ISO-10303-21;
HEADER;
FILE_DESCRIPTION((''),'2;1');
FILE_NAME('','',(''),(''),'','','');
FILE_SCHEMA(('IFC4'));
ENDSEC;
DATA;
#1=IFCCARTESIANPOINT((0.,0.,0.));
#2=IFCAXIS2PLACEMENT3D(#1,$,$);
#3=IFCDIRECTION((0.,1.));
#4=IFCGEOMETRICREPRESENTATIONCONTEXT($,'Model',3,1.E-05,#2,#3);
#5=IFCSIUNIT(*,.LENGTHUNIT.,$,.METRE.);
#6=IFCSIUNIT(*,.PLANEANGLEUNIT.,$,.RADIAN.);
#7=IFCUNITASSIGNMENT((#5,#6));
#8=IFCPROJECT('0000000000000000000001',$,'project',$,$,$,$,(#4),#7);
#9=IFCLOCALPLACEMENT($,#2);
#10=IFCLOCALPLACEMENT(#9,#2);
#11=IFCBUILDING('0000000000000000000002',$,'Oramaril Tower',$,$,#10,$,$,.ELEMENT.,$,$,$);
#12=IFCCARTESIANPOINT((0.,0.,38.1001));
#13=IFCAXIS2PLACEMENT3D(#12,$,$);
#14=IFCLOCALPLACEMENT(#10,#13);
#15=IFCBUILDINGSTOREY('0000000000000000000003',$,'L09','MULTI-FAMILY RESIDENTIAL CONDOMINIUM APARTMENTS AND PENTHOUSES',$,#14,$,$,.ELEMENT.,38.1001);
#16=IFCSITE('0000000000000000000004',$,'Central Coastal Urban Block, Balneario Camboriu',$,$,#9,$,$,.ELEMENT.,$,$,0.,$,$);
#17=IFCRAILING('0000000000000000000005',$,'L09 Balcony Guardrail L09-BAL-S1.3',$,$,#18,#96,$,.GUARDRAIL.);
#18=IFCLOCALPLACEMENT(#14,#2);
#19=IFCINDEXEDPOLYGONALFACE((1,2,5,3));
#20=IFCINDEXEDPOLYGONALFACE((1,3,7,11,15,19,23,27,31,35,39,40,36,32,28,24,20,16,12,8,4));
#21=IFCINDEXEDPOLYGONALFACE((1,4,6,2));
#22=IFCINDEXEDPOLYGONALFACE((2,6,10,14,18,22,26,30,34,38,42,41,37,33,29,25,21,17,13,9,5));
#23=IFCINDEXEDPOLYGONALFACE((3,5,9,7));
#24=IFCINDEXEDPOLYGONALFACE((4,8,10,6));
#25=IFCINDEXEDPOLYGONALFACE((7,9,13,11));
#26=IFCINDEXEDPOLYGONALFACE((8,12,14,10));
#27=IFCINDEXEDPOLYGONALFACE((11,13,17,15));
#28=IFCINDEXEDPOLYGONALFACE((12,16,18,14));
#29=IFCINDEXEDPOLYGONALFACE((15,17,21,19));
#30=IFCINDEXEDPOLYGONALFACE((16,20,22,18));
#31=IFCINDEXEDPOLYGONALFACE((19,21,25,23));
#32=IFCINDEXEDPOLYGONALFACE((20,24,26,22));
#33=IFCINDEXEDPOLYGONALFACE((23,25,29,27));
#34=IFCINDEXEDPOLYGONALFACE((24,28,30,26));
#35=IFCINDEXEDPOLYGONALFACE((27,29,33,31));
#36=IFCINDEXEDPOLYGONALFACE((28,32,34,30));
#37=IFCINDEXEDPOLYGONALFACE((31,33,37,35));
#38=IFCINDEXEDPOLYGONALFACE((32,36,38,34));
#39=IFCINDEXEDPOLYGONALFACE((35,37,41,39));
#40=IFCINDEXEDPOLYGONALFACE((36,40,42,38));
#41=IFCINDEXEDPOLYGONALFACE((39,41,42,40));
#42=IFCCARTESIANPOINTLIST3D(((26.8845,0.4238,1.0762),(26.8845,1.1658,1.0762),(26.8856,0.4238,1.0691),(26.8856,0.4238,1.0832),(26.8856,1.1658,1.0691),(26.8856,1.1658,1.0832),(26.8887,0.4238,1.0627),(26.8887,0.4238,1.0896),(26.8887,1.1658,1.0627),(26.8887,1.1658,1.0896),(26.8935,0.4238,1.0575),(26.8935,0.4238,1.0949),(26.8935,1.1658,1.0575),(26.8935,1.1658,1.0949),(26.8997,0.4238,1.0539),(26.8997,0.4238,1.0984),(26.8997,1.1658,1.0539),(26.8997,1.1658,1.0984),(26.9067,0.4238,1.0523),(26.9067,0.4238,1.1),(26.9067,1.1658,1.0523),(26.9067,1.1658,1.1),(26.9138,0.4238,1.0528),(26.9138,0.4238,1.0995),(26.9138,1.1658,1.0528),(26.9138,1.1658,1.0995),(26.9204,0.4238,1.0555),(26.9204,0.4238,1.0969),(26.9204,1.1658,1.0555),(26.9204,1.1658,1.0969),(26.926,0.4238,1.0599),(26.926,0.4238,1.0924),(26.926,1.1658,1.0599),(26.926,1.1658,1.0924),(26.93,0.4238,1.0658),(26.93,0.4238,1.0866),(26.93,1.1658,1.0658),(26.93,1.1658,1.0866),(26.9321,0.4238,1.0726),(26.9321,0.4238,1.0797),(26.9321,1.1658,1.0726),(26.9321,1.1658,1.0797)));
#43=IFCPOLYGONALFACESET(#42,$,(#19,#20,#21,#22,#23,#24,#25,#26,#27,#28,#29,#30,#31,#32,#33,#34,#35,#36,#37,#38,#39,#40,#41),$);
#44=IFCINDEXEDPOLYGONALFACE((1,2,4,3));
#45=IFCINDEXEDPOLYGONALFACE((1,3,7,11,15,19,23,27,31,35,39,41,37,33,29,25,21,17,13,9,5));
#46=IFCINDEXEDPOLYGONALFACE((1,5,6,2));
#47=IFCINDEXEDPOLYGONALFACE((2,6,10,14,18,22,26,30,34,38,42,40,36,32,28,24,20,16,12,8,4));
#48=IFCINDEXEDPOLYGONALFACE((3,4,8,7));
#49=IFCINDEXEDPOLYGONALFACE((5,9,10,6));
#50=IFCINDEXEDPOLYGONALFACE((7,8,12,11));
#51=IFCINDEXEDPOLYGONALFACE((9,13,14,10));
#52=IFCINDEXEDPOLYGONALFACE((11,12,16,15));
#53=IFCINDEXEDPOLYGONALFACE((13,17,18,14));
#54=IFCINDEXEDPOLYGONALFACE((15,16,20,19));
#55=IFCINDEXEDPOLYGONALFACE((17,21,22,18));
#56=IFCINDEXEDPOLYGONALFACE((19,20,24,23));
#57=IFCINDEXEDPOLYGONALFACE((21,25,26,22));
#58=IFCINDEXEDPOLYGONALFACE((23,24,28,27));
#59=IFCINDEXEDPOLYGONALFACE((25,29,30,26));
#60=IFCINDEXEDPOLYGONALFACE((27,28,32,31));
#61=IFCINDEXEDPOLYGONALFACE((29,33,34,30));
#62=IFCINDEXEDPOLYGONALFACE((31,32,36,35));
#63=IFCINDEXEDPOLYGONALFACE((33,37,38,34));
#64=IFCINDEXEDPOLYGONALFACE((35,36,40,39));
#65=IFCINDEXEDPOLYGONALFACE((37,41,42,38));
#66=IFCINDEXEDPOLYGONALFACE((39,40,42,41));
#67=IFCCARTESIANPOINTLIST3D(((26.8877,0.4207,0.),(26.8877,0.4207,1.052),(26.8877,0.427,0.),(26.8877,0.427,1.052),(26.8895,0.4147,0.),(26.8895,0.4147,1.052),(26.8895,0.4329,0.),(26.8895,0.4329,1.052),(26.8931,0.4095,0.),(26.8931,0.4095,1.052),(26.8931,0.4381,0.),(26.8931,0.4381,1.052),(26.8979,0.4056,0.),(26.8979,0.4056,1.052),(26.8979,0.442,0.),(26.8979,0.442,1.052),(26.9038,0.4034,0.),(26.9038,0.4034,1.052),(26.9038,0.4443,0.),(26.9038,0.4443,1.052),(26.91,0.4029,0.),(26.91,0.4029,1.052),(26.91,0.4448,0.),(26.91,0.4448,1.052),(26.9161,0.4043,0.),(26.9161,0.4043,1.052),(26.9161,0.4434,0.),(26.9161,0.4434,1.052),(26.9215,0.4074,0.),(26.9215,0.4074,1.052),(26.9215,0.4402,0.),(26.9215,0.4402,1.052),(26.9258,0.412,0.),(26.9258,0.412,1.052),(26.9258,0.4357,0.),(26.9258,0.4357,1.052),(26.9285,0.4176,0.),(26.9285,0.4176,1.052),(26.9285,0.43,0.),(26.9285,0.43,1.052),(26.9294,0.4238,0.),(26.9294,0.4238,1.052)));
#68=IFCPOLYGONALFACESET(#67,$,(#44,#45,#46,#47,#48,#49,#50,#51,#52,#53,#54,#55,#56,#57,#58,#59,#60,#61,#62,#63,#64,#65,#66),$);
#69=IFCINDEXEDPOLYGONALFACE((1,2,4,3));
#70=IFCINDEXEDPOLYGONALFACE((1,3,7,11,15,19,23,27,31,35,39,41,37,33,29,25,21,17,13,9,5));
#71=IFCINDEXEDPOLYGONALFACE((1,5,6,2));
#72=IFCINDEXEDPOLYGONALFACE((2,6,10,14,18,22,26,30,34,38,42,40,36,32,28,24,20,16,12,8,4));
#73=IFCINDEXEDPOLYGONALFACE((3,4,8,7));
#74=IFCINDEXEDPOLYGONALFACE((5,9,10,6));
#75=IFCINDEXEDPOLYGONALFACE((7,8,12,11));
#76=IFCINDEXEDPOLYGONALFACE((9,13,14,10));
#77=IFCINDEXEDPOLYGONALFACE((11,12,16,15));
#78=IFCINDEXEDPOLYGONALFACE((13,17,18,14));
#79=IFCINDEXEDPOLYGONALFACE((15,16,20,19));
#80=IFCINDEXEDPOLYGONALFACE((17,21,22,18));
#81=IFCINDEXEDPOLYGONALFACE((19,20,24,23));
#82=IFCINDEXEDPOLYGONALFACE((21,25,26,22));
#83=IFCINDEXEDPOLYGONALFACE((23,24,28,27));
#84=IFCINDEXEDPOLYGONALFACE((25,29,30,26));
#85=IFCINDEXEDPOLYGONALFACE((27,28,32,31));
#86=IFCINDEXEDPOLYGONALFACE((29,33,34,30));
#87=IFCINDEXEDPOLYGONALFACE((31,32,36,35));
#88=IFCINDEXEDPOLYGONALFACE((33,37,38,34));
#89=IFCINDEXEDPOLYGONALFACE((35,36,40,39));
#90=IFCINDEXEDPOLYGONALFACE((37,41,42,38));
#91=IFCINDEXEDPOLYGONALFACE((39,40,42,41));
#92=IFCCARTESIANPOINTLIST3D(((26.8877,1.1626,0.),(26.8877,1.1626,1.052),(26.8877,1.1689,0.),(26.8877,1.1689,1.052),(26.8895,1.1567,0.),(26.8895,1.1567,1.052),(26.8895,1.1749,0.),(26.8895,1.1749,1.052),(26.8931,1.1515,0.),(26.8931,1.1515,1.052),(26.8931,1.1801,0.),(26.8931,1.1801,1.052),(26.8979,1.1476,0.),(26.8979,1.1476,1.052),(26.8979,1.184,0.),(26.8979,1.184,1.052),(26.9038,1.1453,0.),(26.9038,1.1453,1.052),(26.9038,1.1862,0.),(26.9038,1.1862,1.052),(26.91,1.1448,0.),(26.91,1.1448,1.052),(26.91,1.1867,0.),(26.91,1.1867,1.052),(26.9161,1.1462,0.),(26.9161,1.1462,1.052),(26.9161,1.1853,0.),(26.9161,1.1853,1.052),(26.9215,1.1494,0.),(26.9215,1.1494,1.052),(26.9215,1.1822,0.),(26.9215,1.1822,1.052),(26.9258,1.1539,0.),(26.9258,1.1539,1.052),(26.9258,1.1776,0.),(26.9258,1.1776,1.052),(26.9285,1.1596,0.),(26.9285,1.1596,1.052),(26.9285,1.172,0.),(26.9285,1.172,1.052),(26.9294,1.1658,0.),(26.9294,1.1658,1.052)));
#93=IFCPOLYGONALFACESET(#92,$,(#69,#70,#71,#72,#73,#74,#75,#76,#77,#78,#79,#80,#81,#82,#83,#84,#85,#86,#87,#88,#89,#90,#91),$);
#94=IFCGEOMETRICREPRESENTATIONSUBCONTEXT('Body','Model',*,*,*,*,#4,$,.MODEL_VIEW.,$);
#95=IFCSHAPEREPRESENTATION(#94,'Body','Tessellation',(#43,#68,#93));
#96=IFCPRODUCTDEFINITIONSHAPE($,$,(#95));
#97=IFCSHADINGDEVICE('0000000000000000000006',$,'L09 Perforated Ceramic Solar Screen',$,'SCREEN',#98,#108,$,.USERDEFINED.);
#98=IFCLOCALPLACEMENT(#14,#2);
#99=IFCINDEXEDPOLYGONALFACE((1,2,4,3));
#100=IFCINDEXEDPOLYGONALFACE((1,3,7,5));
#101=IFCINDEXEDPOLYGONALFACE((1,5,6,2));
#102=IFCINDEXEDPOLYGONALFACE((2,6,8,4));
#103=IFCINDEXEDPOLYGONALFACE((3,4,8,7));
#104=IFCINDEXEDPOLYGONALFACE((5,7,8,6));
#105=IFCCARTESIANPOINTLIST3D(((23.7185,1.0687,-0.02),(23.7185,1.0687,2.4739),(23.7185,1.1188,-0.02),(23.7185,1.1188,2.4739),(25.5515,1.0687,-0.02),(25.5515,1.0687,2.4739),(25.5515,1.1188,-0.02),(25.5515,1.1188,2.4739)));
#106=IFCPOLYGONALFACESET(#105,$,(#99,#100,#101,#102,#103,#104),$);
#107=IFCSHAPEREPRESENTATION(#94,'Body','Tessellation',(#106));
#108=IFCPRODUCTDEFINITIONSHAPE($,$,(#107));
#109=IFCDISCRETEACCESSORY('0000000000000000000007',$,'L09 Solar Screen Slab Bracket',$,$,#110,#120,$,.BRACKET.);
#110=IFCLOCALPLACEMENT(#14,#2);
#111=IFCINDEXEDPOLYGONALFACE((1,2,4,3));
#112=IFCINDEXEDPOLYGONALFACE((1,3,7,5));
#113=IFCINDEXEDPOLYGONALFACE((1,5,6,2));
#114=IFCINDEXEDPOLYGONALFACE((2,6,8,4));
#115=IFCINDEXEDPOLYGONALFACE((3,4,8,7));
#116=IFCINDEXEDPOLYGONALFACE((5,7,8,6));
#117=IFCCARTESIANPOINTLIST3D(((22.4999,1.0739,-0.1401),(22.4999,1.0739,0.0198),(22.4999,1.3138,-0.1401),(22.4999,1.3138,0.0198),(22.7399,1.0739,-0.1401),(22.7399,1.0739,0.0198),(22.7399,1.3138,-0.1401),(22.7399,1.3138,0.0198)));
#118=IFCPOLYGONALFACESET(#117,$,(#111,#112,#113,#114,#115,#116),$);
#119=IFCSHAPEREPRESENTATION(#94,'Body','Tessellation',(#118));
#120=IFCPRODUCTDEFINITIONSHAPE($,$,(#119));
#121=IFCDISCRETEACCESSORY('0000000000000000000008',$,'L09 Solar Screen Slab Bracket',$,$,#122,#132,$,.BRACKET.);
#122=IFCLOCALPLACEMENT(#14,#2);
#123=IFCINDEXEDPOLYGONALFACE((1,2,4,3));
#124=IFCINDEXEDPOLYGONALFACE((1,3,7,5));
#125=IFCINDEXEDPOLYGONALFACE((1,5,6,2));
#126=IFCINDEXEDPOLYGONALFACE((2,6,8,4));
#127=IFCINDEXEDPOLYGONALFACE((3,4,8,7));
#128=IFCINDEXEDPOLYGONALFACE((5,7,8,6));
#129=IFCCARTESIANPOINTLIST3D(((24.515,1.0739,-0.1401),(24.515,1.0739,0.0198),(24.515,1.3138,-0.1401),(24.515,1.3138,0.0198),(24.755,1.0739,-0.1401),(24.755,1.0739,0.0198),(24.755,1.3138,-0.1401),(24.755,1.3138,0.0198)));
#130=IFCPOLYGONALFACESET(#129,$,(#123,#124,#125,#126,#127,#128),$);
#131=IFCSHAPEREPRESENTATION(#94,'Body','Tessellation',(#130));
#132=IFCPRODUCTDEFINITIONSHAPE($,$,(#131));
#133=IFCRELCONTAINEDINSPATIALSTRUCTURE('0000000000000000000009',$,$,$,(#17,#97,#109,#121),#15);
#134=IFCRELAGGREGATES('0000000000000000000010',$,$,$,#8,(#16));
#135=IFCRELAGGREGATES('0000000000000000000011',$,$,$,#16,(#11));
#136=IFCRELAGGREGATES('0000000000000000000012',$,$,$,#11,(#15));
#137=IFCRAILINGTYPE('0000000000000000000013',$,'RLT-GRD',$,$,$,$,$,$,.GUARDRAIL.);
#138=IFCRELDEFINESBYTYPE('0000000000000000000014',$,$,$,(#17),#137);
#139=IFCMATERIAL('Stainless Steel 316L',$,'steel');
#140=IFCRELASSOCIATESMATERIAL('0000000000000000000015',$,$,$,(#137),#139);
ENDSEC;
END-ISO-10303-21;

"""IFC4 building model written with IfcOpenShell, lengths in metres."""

from ifc_helpers import new_model, si_unit, direction, frame, origin, origin_2d, place, context, subcontext, project, spatial, rectangle, circle, extrude, material, type_object, element, save


model = new_model("IFC4")

# Units and contexts
model_context = context("Model", 3, precision=1e-05, world=origin(), true_north=direction((0.0, 1.0)))
body_context = subcontext(model_context, "Body", "Model", "MODEL_VIEW")
ifc_project = project(units=[si_unit("LENGTHUNIT", "METRE"), si_unit("PLANEANGLEUNIT", "RADIAN")], contexts=[model_context])

# Site, building, storey
site_placement = place(None, origin())
site = spatial("IfcSite", under=ifc_project, at=site_placement, Name="Central Coastal Urban Block, Balneario Camboriu", CompositionType="ELEMENT", RefElevation=0.0)
building_placement = place(site_placement, origin())
building = spatial("IfcBuilding", under=site, at=building_placement, Name="Oramaril Tower", CompositionType="ELEMENT")
storey_placement = place(building_placement, frame((0.0, 0.0, 38.1001)))
storey = spatial("IfcBuildingStorey", under=building, at=storey_placement, Name="L09", Description="MULTI-FAMILY RESIDENTIAL CONDOMINIUM APARTMENTS AND PENTHOUSES", CompositionType="ELEMENT", Elevation=38.1001)

# Railing
ifc_material_1 = material(Name="Stainless Steel 316L", Category="steel")
railing_type = type_object("IfcRailingType", Name="RLT-GRD", PredefinedType="GUARDRAIL", material=ifc_material_1)
railing_placement = place(storey_placement, frame((26.9084, 0.4238, 0.0)))
element("IfcRailing", 1, at=railing_placement, inside=storey, type_object=railing_type, Name="L09 Balcony Guardrail L09-BAL-S1.3", PredefinedType="GUARDRAIL", context=body_context, shape_type="SweptSolid", body=[
    extrude(circle(Radius=0.0239, at=origin_2d()), frame((0.0, 0.0, 1.0762), z_axis=(0.0, 1.0, 0.0), x_axis=(-1.0, 0.0, 0.0)), (0.0, 0.0, 1.0), 0.7419),
    extrude(circle(Radius=0.021, at=origin_2d()), origin(), (0.0, 0.0, 1.0), 1.052),
    extrude(circle(Radius=0.021, at=origin_2d()), frame((0.0, 0.7419, 0.0)), (0.0, 0.0, 1.0), 1.052),
])

# Shading device
shading_device_placement = place(storey_placement, frame((24.635, 1.0938, -0.02), z_axis=(0.0, 0.0, 1.0), x_axis=(1.0, 0.0, 0.0)))
element("IfcShadingDevice", 2, at=shading_device_placement, inside=storey, Name="L09 Perforated Ceramic Solar Screen", ObjectType="SCREEN", PredefinedType="USERDEFINED", context=body_context, shape_type="SweptSolid", body=[
    extrude(rectangle(XDim=1.833, YDim=0.05, at=origin_2d()), origin(), (0.0, 0.0, 1.0), 2.4939),
])

# Discrete accessories
for number, where, z_axis, x_axis, name in (
    (3, (22.6199, 1.1938, -0.1401), (0.0, 0.0, 1.0), (1.0, 0.0, 0.0), "L09 Solar Screen Slab Bracket"),
    (4, (24.635, 1.1938, -0.1401), (0.0, 0.0, 1.0), (1.0, 0.0, 0.0), "L09 Solar Screen Slab Bracket"),
):
    element("IfcDiscreteAccessory", number, at=place(storey_placement, frame(where, z_axis=z_axis, x_axis=x_axis)), inside=storey, Name=name, PredefinedType="BRACKET", context=body_context, shape_type="SweptSolid", body=[
        extrude(rectangle(XDim=0.24, YDim=0.24, at=origin_2d()), origin(), (0.0, 0.0, 1.0), 0.1599),
    ])

save(model, "model.ifc")
